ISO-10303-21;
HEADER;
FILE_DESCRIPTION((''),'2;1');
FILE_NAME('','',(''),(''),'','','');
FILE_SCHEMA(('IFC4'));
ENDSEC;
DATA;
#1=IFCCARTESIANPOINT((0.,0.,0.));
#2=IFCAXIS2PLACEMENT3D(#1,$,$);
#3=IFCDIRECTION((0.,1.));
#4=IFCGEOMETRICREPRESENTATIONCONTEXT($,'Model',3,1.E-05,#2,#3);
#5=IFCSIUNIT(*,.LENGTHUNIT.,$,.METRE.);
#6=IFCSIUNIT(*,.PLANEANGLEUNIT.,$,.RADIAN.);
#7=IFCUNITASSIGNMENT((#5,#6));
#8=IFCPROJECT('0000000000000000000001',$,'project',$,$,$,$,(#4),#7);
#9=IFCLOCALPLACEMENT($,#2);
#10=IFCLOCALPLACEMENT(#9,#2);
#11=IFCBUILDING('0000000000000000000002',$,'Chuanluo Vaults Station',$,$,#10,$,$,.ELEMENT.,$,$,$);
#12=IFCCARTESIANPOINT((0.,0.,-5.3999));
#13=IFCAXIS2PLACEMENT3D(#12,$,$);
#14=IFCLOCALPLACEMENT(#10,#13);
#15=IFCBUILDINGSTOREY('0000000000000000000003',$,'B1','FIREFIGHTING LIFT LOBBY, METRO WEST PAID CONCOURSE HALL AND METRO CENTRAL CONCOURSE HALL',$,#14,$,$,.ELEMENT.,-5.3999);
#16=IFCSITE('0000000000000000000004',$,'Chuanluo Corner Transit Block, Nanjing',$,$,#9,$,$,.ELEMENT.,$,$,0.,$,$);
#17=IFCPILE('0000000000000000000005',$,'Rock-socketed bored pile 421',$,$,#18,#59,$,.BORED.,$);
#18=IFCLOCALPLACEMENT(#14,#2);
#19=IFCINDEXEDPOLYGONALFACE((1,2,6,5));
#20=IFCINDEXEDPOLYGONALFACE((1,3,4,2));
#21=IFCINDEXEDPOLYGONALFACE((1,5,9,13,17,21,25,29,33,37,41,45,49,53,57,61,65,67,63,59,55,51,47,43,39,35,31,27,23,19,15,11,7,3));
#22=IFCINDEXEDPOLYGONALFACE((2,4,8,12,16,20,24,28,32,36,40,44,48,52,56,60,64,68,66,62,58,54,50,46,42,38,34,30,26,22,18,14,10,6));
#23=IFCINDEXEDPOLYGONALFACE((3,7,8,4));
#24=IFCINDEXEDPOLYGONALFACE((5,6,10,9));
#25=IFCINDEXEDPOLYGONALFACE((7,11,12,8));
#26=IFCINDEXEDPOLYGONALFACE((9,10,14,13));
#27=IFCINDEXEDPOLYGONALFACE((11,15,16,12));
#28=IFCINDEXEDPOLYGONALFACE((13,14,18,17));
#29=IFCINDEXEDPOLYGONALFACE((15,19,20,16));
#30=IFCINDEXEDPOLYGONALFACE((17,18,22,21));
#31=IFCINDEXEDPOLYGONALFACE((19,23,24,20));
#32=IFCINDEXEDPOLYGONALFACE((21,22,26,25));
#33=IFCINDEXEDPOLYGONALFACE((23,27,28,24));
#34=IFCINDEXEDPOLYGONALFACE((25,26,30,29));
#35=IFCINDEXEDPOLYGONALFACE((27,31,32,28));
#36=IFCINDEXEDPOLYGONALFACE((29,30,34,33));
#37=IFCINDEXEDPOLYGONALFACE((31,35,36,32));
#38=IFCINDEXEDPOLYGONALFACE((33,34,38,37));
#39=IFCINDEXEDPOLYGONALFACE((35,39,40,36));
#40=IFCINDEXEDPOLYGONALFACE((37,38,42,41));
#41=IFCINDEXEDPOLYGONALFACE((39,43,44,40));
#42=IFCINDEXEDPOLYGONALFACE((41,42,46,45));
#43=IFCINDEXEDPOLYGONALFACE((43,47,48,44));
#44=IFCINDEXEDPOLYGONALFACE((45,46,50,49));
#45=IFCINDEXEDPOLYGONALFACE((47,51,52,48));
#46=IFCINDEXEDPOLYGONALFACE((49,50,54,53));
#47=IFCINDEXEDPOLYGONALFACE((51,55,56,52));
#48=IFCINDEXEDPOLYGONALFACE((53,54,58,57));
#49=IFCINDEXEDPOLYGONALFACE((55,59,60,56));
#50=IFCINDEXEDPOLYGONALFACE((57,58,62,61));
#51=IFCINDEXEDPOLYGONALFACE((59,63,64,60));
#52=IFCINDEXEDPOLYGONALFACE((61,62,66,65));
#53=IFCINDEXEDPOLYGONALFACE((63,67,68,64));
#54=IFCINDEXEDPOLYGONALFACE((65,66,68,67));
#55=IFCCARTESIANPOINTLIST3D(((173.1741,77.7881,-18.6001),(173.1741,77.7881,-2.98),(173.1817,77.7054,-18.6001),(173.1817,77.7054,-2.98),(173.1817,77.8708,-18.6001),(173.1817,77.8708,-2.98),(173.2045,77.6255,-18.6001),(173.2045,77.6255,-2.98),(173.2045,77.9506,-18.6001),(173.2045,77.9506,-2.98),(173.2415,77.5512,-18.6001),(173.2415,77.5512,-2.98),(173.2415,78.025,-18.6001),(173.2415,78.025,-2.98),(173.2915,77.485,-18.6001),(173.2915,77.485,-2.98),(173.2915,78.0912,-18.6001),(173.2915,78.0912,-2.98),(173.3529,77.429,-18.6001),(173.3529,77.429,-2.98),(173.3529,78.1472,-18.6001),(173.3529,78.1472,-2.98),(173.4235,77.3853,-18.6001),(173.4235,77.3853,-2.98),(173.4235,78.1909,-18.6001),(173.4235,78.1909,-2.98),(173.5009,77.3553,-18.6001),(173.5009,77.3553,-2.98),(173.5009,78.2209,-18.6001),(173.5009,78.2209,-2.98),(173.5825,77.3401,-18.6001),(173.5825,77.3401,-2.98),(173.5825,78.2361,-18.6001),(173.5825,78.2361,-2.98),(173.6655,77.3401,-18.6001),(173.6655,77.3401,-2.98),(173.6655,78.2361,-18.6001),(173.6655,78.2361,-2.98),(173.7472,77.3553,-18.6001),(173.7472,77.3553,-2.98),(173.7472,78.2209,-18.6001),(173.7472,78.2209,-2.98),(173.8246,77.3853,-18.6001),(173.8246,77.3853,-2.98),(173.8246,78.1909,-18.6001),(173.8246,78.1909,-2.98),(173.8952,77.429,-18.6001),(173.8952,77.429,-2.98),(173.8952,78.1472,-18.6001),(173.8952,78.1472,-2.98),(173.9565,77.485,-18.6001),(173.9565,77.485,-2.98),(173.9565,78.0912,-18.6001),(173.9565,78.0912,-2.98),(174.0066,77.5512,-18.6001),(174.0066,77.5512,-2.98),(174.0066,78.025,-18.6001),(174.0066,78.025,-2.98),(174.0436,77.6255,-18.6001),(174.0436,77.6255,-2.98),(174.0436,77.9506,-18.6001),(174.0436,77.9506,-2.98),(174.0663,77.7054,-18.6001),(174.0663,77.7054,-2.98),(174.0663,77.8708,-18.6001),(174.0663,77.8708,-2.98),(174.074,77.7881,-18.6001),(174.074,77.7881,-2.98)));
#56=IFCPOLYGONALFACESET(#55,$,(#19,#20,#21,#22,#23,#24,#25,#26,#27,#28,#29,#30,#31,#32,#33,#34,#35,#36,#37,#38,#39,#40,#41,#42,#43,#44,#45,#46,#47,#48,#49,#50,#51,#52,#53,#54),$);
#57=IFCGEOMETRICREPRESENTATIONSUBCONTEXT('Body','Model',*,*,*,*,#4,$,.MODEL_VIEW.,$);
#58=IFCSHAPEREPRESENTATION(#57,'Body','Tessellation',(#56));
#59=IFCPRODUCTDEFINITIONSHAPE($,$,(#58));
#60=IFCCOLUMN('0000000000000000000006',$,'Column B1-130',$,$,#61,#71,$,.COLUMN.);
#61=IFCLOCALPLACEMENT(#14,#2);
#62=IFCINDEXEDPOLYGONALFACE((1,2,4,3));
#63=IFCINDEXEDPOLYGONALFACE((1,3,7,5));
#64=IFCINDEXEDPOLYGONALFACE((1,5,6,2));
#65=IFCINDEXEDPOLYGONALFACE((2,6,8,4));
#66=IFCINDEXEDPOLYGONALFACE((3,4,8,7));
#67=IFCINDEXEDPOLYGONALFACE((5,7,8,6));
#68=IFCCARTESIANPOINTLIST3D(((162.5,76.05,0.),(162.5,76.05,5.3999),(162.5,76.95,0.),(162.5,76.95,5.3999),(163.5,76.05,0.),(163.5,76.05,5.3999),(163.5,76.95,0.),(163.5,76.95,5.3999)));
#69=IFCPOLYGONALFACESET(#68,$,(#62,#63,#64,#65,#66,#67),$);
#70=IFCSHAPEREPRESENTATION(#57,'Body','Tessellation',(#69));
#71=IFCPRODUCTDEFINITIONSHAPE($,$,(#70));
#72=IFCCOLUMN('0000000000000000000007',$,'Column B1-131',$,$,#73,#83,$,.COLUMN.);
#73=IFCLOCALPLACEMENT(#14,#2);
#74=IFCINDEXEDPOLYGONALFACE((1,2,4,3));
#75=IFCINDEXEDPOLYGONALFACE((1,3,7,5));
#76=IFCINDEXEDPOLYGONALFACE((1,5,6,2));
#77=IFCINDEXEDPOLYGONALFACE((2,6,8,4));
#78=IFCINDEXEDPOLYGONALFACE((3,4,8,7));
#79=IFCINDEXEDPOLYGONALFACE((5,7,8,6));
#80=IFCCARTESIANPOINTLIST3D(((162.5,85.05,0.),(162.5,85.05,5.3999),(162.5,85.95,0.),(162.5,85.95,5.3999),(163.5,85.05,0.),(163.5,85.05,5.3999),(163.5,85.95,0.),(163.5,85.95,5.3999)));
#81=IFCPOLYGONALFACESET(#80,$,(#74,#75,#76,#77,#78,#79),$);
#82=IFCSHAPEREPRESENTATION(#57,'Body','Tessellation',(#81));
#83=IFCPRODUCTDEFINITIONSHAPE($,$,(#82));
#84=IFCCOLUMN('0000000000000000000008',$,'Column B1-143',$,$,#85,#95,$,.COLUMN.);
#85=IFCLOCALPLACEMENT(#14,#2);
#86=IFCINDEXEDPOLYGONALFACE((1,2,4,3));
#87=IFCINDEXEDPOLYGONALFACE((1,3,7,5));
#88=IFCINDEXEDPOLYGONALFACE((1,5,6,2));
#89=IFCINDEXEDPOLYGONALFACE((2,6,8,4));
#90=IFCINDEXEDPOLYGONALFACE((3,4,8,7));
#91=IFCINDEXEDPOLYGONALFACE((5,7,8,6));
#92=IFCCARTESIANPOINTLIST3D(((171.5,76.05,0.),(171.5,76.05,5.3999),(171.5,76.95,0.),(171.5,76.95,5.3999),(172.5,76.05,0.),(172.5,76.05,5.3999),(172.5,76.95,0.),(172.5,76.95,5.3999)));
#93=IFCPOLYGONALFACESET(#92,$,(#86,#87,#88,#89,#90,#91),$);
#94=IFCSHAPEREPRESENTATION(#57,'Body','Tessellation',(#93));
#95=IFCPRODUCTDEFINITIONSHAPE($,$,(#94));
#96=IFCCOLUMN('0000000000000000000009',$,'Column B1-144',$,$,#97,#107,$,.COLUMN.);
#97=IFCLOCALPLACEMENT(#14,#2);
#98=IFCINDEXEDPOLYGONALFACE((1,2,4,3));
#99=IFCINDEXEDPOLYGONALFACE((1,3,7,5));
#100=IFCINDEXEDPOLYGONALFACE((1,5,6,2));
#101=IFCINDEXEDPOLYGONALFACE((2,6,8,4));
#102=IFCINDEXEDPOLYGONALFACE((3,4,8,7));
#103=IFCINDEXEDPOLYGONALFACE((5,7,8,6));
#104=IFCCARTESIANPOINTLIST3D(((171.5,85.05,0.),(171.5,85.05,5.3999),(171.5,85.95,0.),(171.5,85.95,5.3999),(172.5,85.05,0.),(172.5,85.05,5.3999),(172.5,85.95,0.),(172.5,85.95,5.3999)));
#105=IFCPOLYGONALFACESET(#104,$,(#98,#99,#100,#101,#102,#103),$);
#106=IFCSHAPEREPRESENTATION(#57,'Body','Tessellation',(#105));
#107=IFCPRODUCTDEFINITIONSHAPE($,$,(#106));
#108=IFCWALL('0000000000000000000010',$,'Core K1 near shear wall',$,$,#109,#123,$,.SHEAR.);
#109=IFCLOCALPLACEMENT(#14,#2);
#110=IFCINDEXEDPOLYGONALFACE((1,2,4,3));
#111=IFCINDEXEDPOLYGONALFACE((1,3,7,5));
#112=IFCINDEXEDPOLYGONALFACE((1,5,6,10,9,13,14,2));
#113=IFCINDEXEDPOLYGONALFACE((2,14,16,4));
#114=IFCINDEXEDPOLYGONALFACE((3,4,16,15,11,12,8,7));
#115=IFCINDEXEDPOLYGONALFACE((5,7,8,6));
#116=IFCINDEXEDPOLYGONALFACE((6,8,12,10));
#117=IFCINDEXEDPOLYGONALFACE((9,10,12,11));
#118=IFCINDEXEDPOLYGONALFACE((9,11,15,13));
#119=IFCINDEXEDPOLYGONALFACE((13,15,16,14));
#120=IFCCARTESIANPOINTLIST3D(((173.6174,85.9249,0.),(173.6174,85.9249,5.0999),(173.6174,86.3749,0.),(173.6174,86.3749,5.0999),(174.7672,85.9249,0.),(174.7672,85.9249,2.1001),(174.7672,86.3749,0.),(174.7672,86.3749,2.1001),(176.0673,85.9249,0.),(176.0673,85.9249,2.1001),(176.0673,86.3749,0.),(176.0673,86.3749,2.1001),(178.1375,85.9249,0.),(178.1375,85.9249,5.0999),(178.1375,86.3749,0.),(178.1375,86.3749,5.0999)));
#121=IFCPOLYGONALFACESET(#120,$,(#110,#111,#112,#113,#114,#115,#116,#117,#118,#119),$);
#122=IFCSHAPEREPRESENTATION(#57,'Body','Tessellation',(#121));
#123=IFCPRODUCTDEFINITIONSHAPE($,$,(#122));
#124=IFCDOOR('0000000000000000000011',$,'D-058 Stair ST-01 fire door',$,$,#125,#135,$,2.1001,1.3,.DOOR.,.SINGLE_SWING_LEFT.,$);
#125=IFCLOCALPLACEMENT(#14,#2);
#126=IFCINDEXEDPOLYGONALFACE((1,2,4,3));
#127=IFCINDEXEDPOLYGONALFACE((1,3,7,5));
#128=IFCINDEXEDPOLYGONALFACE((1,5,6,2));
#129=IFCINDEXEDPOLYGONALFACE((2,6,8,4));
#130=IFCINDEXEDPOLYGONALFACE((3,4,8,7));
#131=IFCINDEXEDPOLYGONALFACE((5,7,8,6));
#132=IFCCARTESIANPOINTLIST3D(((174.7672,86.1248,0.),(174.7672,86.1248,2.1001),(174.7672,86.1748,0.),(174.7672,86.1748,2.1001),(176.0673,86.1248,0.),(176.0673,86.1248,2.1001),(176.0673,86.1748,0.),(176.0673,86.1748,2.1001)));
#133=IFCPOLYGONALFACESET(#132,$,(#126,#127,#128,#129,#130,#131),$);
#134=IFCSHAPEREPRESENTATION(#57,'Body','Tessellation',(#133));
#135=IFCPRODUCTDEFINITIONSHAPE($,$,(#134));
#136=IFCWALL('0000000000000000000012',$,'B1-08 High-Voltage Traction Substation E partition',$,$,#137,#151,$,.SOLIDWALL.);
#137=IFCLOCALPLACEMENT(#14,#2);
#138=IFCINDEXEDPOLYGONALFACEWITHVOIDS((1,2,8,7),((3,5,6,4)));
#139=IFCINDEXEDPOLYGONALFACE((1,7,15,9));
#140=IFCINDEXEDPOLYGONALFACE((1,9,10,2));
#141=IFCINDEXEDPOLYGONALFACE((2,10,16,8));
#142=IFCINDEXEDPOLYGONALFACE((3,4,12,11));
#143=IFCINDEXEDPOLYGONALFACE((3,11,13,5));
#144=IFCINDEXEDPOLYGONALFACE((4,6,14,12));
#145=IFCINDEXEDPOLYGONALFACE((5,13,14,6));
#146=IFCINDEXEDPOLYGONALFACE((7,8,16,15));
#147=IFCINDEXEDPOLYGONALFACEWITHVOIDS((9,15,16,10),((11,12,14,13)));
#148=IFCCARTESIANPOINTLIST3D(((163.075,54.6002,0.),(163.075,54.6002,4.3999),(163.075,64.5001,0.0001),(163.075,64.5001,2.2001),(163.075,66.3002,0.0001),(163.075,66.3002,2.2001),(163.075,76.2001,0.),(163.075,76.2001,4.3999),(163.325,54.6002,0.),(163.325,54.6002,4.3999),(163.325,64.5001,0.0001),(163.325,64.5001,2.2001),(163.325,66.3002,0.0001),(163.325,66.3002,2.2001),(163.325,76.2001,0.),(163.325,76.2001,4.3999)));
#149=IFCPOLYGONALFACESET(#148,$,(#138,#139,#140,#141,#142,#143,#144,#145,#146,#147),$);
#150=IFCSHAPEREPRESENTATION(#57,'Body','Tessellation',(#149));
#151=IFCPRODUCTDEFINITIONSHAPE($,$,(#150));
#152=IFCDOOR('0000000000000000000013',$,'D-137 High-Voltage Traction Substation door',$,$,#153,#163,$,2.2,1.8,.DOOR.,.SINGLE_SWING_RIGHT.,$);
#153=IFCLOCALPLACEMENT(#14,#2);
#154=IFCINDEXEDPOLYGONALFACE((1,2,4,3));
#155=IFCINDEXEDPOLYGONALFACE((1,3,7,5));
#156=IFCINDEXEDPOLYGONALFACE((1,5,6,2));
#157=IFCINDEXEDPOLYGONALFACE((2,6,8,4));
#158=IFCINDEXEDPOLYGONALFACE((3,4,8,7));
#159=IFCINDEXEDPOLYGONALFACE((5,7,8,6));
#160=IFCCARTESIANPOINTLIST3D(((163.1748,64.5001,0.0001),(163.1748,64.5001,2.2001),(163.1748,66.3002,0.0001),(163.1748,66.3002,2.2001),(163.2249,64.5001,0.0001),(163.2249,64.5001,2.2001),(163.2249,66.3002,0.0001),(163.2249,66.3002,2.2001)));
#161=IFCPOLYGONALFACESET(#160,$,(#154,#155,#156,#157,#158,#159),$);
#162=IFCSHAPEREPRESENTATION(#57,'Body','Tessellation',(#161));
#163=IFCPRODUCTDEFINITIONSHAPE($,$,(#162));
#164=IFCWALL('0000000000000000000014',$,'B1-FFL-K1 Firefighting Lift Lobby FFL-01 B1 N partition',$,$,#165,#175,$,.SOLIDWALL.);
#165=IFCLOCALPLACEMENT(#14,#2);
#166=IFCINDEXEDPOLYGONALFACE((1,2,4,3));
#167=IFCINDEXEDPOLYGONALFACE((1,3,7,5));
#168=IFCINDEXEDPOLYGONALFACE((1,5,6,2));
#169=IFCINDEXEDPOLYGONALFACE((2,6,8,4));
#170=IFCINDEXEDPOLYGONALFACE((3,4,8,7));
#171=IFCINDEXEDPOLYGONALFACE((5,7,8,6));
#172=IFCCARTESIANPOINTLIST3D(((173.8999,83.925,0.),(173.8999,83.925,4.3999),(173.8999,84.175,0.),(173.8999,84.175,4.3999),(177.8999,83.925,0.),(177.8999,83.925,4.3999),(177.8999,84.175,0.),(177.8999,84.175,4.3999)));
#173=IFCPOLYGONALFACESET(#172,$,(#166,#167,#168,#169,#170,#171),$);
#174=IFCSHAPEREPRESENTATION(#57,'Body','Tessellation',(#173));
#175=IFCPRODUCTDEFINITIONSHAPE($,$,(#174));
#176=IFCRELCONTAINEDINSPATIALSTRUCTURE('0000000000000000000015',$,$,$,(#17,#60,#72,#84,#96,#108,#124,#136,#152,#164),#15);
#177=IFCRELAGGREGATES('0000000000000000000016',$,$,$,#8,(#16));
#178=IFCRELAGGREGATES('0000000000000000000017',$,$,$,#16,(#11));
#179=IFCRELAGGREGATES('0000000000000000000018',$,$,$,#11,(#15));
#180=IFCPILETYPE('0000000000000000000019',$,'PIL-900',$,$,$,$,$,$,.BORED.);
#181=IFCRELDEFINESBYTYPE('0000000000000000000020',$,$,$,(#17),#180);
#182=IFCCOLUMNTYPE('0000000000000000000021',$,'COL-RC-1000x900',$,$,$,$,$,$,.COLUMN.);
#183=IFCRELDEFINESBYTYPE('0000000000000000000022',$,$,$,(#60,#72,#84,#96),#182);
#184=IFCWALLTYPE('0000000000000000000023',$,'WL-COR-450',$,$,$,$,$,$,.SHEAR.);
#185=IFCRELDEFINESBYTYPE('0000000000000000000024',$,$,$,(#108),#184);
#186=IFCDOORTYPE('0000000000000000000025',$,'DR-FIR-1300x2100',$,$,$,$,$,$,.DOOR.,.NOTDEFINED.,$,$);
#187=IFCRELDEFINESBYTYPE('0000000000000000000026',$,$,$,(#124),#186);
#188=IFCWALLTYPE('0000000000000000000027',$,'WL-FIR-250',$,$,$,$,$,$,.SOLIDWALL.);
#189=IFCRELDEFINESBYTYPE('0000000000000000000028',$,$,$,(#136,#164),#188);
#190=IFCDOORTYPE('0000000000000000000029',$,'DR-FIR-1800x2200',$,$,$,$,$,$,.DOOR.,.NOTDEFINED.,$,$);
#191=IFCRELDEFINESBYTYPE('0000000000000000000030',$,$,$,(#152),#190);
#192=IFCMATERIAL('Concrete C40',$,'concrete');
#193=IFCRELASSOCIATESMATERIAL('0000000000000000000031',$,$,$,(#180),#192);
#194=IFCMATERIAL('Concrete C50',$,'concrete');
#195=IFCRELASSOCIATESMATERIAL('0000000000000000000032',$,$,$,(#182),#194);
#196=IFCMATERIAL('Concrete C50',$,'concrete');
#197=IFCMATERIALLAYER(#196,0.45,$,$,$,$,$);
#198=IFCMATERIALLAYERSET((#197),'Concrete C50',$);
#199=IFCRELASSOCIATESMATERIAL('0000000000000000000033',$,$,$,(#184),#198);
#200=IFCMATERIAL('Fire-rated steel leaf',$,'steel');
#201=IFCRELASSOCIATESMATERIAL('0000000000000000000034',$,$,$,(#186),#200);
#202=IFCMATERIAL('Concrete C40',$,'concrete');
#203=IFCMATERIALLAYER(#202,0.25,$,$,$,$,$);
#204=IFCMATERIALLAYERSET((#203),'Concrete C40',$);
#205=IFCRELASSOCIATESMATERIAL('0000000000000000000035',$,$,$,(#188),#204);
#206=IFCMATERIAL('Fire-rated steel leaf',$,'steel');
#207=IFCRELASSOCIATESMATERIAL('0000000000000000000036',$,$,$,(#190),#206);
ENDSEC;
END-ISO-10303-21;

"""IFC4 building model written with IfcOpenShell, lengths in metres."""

from ifc_helpers import new_model, si_unit, direction, frame, frame_2d, origin, origin_2d, place, context, subcontext, project, spatial, rectangle, circle, extrude, material, layer, layer_set, material_profile, profile_set, type_object, element, fill, save


model = new_model("IFC4")

# Units and contexts
model_context = context("Model", 3, precision=1e-05, world=origin(), true_north=direction((0.0, 1.0)))
body_context = subcontext(model_context, "Body", "Model", "MODEL_VIEW")
ifc_project = project(units=[si_unit("LENGTHUNIT", "METRE"), si_unit("PLANEANGLEUNIT", "RADIAN")], contexts=[model_context])

# Site, building, storey
site_placement = place(None, origin())
site = spatial("IfcSite", under=ifc_project, at=site_placement, Name="Chuanluo Corner Transit Block, Nanjing", CompositionType="ELEMENT", RefElevation=0.0)
building_placement = place(site_placement, origin())
building = spatial("IfcBuilding", under=site, at=building_placement, Name="Chuanluo Vaults Station", CompositionType="ELEMENT")
storey_placement = place(building_placement, frame((0.0, 0.0, -5.3999)))
storey = spatial("IfcBuildingStorey", under=building, at=storey_placement, Name="B1", Description="FIREFIGHTING LIFT LOBBY, METRO WEST PAID CONCOURSE HALL AND METRO CENTRAL CONCOURSE HALL", CompositionType="ELEMENT", Elevation=-5.3999)

# Pile
ifc_material_1 = material(Name="Concrete C40", Category="concrete")
ifc_material_profile_1 = material_profile(ifc_material_1, circle(Radius=0.45, at=origin_2d()))
ifc_profile_set_1 = profile_set([ifc_material_profile_1], Name="Concrete C40")
pile_type_1 = type_object("IfcPileType", Name="PIL-900", PredefinedType="BORED", material=ifc_profile_set_1)
for number, where, z_axis, x_axis, name in (
    (1, (173.624, 77.7881, -2.98), (0.0, 0.0, -1.0), (1.0, 0.0, 0.0), "Rock-socketed bored pile 421"),
):
    element("IfcPile", number, at=place(storey_placement, frame(where, z_axis=z_axis, x_axis=x_axis)), inside=storey, type_object=pile_type_1, Name=name, PredefinedType="BORED", context=body_context, shape_type="SweptSolid", body=[
        extrude(circle(Radius=0.45, at=origin_2d()), origin(), (0.0, 0.0, 1.0), 15.6201),
    ])

# Columns
ifc_material_2 = material(Name="Concrete C50", Category="concrete")
ifc_material_profile_2 = material_profile(ifc_material_2, rectangle(XDim=1.0, YDim=0.8999, at=origin_2d()))
ifc_profile_set_2 = profile_set([ifc_material_profile_2], Name="Concrete C50")
column_type = type_object("IfcColumnType", Name="COL-RC-1000x900", PredefinedType="COLUMN", material=ifc_profile_set_2)
for number, where, z_axis, x_axis, name in (
    (2, (163.0, 76.5, 0.0), (0.0, 0.0, 1.0), (1.0, 0.0, 0.0), "Column B1-130"),
    (3, (163.0, 85.5, 0.0), (0.0, 0.0, 1.0), (1.0, 0.0, 0.0), "Column B1-131"),
    (4, (172.0, 76.5, 0.0), (0.0, 0.0, 1.0), (1.0, 0.0, 0.0), "Column B1-143"),
    (5, (172.0, 85.5, 0.0), (0.0, 0.0, 1.0), (1.0, 0.0, 0.0), "Column B1-144"),
):
    element("IfcColumn", number, at=place(storey_placement, frame(where, z_axis=z_axis, x_axis=x_axis)), inside=storey, type_object=column_type, Name=name, PredefinedType="COLUMN", context=body_context, shape_type="SweptSolid", body=[
        extrude(rectangle(XDim=1.0, YDim=0.8999, at=origin_2d()), origin(), (0.0, 0.0, 1.0), 5.3999),
    ])

# Walls, openings, doors
ifc_material_3 = material(Name="Concrete C50", Category="concrete")
ifc_layer_1 = layer(ifc_material_3, 0.45)
ifc_layer_set_1 = layer_set([ifc_layer_1], Name="Concrete C50")
wall_type_1 = type_object("IfcWallType", Name="WL-COR-450", PredefinedType="SHEAR", material=ifc_layer_set_1)
wall_1_placement = place(storey_placement, frame((173.6174, 86.1499, 0.0), z_axis=(0.0, 0.0, 1.0), x_axis=(1.0, 0.0, 0.0)))
wall_1 = element("IfcWall", 6, at=wall_1_placement, inside=storey, type_object=wall_type_1, Name="Core K1 near shear wall", PredefinedType="SHEAR", context=body_context, shape_type="SweptSolid", body=[
    extrude(rectangle(XDim=4.52, YDim=0.45, at=frame_2d((2.26, 0.0))), origin(), (0.0, 0.0, 1.0), 5.0999),
])
opening_1_placement = place(wall_1_placement, frame((1.1499, 0.0, 0.0)))
opening_1 = element("IfcOpeningElement", 7, at=opening_1_placement, cuts=wall_1, PredefinedType="OPENING", context=body_context, shape_type="SweptSolid", body=[
    extrude(rectangle(XDim=1.3, YDim=2.1001, at=frame_2d((0.6499, 1.05))), frame((0.0, 0.2351, 0.0), z_axis=(0.0, -1.0, 0.0), x_axis=(1.0, 0.0, 0.0)), (0.0, 0.0, 1.0), 0.4699),
])
ifc_material_4 = material(Name="Fire-rated steel leaf", Category="steel")
door_type_1 = type_object("IfcDoorType", Name="DR-FIR-1300x2100", OperationType="NOTDEFINED", PredefinedType="DOOR", material=ifc_material_4)
door_1_placement = place(opening_1_placement, origin())
door_1 = element("IfcDoor", 8, at=door_1_placement, inside=storey, type_object=door_type_1, Name="D-058 Stair ST-01 fire door", OperationType="SINGLE_SWING_LEFT", OverallHeight=2.1001, OverallWidth=1.3, PredefinedType="DOOR", context=body_context, shape_type="SweptSolid", body=[
    extrude(rectangle(XDim=1.3, YDim=2.1001, at=frame_2d((0.6499, 1.05))), frame((0.0, 0.0249, 0.0), z_axis=(0.0, -1.0, 0.0), x_axis=(1.0, 0.0, 0.0)), (0.0, 0.0, 1.0), 0.05),
])
fill(opening_1, door_1)
ifc_material_5 = material(Name="Concrete C40", Category="concrete")
ifc_layer_2 = layer(ifc_material_5, 0.25)
ifc_layer_set_2 = layer_set([ifc_layer_2], Name="Concrete C40")
wall_type_2 = type_object("IfcWallType", Name="WL-FIR-250", PredefinedType="SOLIDWALL", material=ifc_layer_set_2)
wall_2_placement = place(storey_placement, frame((163.2, 76.2, 0.0), z_axis=(0.0, 0.0, 1.0), x_axis=(0.0, -1.0, 0.0)))
wall_2 = element("IfcWall", 9, at=wall_2_placement, inside=storey, type_object=wall_type_2, Name="B1-08 High-Voltage Traction Substation E partition", PredefinedType="SOLIDWALL", context=body_context, shape_type="SweptSolid", body=[
    extrude(rectangle(XDim=21.5999, YDim=0.25, at=frame_2d((10.7998, 0.0))), origin(), (0.0, 0.0, 1.0), 4.3999),
])
opening_2_placement = place(wall_2_placement, frame((9.8999, 0.0, 0.0)))
opening_2 = element("IfcOpeningElement", 10, at=opening_2_placement, cuts=wall_2, PredefinedType="OPENING", context=body_context, shape_type="SweptSolid", body=[
    extrude(rectangle(XDim=1.8, YDim=2.2, at=frame_2d((0.8999, 1.1001))), frame((0.0, 0.135, 0.0), z_axis=(0.0, -1.0, 0.0), x_axis=(1.0, 0.0, 0.0)), (0.0, 0.0, 1.0), 0.27),
])
ifc_material_6 = material(Name="Fire-rated steel leaf", Category="steel")
door_type_2 = type_object("IfcDoorType", Name="DR-FIR-1800x2200", OperationType="NOTDEFINED", PredefinedType="DOOR", material=ifc_material_6)
door_2_placement = place(opening_2_placement, origin())
door_2 = element("IfcDoor", 11, at=door_2_placement, inside=storey, type_object=door_type_2, Name="D-137 High-Voltage Traction Substation door", OperationType="SINGLE_SWING_RIGHT", OverallHeight=2.2, OverallWidth=1.8, PredefinedType="DOOR", context=body_context, shape_type="SweptSolid", body=[
    extrude(rectangle(XDim=1.8, YDim=2.2, at=frame_2d((0.8999, 1.1001))), frame((0.0, 0.0249, 0.0), z_axis=(0.0, -1.0, 0.0), x_axis=(1.0, 0.0, 0.0)), (0.0, 0.0, 1.0), 0.05),
])
fill(opening_2, door_2)

# Wall
wall_3_placement = place(storey_placement, frame((173.8999, 84.05, 0.0), z_axis=(0.0, 0.0, 1.0), x_axis=(1.0, 0.0, 0.0)))
element("IfcWall", 12, at=wall_3_placement, inside=storey, type_object=wall_type_2, Name="B1-FFL-K1 Firefighting Lift Lobby FFL-01 B1 N partition", PredefinedType="SOLIDWALL", context=body_context, shape_type="SweptSolid", body=[
    extrude(rectangle(XDim=4.0, YDim=0.25, at=frame_2d((2.0, 0.0))), origin(), (0.0, 0.0, 1.0), 4.3999),
])

save(model, "model.ifc")
